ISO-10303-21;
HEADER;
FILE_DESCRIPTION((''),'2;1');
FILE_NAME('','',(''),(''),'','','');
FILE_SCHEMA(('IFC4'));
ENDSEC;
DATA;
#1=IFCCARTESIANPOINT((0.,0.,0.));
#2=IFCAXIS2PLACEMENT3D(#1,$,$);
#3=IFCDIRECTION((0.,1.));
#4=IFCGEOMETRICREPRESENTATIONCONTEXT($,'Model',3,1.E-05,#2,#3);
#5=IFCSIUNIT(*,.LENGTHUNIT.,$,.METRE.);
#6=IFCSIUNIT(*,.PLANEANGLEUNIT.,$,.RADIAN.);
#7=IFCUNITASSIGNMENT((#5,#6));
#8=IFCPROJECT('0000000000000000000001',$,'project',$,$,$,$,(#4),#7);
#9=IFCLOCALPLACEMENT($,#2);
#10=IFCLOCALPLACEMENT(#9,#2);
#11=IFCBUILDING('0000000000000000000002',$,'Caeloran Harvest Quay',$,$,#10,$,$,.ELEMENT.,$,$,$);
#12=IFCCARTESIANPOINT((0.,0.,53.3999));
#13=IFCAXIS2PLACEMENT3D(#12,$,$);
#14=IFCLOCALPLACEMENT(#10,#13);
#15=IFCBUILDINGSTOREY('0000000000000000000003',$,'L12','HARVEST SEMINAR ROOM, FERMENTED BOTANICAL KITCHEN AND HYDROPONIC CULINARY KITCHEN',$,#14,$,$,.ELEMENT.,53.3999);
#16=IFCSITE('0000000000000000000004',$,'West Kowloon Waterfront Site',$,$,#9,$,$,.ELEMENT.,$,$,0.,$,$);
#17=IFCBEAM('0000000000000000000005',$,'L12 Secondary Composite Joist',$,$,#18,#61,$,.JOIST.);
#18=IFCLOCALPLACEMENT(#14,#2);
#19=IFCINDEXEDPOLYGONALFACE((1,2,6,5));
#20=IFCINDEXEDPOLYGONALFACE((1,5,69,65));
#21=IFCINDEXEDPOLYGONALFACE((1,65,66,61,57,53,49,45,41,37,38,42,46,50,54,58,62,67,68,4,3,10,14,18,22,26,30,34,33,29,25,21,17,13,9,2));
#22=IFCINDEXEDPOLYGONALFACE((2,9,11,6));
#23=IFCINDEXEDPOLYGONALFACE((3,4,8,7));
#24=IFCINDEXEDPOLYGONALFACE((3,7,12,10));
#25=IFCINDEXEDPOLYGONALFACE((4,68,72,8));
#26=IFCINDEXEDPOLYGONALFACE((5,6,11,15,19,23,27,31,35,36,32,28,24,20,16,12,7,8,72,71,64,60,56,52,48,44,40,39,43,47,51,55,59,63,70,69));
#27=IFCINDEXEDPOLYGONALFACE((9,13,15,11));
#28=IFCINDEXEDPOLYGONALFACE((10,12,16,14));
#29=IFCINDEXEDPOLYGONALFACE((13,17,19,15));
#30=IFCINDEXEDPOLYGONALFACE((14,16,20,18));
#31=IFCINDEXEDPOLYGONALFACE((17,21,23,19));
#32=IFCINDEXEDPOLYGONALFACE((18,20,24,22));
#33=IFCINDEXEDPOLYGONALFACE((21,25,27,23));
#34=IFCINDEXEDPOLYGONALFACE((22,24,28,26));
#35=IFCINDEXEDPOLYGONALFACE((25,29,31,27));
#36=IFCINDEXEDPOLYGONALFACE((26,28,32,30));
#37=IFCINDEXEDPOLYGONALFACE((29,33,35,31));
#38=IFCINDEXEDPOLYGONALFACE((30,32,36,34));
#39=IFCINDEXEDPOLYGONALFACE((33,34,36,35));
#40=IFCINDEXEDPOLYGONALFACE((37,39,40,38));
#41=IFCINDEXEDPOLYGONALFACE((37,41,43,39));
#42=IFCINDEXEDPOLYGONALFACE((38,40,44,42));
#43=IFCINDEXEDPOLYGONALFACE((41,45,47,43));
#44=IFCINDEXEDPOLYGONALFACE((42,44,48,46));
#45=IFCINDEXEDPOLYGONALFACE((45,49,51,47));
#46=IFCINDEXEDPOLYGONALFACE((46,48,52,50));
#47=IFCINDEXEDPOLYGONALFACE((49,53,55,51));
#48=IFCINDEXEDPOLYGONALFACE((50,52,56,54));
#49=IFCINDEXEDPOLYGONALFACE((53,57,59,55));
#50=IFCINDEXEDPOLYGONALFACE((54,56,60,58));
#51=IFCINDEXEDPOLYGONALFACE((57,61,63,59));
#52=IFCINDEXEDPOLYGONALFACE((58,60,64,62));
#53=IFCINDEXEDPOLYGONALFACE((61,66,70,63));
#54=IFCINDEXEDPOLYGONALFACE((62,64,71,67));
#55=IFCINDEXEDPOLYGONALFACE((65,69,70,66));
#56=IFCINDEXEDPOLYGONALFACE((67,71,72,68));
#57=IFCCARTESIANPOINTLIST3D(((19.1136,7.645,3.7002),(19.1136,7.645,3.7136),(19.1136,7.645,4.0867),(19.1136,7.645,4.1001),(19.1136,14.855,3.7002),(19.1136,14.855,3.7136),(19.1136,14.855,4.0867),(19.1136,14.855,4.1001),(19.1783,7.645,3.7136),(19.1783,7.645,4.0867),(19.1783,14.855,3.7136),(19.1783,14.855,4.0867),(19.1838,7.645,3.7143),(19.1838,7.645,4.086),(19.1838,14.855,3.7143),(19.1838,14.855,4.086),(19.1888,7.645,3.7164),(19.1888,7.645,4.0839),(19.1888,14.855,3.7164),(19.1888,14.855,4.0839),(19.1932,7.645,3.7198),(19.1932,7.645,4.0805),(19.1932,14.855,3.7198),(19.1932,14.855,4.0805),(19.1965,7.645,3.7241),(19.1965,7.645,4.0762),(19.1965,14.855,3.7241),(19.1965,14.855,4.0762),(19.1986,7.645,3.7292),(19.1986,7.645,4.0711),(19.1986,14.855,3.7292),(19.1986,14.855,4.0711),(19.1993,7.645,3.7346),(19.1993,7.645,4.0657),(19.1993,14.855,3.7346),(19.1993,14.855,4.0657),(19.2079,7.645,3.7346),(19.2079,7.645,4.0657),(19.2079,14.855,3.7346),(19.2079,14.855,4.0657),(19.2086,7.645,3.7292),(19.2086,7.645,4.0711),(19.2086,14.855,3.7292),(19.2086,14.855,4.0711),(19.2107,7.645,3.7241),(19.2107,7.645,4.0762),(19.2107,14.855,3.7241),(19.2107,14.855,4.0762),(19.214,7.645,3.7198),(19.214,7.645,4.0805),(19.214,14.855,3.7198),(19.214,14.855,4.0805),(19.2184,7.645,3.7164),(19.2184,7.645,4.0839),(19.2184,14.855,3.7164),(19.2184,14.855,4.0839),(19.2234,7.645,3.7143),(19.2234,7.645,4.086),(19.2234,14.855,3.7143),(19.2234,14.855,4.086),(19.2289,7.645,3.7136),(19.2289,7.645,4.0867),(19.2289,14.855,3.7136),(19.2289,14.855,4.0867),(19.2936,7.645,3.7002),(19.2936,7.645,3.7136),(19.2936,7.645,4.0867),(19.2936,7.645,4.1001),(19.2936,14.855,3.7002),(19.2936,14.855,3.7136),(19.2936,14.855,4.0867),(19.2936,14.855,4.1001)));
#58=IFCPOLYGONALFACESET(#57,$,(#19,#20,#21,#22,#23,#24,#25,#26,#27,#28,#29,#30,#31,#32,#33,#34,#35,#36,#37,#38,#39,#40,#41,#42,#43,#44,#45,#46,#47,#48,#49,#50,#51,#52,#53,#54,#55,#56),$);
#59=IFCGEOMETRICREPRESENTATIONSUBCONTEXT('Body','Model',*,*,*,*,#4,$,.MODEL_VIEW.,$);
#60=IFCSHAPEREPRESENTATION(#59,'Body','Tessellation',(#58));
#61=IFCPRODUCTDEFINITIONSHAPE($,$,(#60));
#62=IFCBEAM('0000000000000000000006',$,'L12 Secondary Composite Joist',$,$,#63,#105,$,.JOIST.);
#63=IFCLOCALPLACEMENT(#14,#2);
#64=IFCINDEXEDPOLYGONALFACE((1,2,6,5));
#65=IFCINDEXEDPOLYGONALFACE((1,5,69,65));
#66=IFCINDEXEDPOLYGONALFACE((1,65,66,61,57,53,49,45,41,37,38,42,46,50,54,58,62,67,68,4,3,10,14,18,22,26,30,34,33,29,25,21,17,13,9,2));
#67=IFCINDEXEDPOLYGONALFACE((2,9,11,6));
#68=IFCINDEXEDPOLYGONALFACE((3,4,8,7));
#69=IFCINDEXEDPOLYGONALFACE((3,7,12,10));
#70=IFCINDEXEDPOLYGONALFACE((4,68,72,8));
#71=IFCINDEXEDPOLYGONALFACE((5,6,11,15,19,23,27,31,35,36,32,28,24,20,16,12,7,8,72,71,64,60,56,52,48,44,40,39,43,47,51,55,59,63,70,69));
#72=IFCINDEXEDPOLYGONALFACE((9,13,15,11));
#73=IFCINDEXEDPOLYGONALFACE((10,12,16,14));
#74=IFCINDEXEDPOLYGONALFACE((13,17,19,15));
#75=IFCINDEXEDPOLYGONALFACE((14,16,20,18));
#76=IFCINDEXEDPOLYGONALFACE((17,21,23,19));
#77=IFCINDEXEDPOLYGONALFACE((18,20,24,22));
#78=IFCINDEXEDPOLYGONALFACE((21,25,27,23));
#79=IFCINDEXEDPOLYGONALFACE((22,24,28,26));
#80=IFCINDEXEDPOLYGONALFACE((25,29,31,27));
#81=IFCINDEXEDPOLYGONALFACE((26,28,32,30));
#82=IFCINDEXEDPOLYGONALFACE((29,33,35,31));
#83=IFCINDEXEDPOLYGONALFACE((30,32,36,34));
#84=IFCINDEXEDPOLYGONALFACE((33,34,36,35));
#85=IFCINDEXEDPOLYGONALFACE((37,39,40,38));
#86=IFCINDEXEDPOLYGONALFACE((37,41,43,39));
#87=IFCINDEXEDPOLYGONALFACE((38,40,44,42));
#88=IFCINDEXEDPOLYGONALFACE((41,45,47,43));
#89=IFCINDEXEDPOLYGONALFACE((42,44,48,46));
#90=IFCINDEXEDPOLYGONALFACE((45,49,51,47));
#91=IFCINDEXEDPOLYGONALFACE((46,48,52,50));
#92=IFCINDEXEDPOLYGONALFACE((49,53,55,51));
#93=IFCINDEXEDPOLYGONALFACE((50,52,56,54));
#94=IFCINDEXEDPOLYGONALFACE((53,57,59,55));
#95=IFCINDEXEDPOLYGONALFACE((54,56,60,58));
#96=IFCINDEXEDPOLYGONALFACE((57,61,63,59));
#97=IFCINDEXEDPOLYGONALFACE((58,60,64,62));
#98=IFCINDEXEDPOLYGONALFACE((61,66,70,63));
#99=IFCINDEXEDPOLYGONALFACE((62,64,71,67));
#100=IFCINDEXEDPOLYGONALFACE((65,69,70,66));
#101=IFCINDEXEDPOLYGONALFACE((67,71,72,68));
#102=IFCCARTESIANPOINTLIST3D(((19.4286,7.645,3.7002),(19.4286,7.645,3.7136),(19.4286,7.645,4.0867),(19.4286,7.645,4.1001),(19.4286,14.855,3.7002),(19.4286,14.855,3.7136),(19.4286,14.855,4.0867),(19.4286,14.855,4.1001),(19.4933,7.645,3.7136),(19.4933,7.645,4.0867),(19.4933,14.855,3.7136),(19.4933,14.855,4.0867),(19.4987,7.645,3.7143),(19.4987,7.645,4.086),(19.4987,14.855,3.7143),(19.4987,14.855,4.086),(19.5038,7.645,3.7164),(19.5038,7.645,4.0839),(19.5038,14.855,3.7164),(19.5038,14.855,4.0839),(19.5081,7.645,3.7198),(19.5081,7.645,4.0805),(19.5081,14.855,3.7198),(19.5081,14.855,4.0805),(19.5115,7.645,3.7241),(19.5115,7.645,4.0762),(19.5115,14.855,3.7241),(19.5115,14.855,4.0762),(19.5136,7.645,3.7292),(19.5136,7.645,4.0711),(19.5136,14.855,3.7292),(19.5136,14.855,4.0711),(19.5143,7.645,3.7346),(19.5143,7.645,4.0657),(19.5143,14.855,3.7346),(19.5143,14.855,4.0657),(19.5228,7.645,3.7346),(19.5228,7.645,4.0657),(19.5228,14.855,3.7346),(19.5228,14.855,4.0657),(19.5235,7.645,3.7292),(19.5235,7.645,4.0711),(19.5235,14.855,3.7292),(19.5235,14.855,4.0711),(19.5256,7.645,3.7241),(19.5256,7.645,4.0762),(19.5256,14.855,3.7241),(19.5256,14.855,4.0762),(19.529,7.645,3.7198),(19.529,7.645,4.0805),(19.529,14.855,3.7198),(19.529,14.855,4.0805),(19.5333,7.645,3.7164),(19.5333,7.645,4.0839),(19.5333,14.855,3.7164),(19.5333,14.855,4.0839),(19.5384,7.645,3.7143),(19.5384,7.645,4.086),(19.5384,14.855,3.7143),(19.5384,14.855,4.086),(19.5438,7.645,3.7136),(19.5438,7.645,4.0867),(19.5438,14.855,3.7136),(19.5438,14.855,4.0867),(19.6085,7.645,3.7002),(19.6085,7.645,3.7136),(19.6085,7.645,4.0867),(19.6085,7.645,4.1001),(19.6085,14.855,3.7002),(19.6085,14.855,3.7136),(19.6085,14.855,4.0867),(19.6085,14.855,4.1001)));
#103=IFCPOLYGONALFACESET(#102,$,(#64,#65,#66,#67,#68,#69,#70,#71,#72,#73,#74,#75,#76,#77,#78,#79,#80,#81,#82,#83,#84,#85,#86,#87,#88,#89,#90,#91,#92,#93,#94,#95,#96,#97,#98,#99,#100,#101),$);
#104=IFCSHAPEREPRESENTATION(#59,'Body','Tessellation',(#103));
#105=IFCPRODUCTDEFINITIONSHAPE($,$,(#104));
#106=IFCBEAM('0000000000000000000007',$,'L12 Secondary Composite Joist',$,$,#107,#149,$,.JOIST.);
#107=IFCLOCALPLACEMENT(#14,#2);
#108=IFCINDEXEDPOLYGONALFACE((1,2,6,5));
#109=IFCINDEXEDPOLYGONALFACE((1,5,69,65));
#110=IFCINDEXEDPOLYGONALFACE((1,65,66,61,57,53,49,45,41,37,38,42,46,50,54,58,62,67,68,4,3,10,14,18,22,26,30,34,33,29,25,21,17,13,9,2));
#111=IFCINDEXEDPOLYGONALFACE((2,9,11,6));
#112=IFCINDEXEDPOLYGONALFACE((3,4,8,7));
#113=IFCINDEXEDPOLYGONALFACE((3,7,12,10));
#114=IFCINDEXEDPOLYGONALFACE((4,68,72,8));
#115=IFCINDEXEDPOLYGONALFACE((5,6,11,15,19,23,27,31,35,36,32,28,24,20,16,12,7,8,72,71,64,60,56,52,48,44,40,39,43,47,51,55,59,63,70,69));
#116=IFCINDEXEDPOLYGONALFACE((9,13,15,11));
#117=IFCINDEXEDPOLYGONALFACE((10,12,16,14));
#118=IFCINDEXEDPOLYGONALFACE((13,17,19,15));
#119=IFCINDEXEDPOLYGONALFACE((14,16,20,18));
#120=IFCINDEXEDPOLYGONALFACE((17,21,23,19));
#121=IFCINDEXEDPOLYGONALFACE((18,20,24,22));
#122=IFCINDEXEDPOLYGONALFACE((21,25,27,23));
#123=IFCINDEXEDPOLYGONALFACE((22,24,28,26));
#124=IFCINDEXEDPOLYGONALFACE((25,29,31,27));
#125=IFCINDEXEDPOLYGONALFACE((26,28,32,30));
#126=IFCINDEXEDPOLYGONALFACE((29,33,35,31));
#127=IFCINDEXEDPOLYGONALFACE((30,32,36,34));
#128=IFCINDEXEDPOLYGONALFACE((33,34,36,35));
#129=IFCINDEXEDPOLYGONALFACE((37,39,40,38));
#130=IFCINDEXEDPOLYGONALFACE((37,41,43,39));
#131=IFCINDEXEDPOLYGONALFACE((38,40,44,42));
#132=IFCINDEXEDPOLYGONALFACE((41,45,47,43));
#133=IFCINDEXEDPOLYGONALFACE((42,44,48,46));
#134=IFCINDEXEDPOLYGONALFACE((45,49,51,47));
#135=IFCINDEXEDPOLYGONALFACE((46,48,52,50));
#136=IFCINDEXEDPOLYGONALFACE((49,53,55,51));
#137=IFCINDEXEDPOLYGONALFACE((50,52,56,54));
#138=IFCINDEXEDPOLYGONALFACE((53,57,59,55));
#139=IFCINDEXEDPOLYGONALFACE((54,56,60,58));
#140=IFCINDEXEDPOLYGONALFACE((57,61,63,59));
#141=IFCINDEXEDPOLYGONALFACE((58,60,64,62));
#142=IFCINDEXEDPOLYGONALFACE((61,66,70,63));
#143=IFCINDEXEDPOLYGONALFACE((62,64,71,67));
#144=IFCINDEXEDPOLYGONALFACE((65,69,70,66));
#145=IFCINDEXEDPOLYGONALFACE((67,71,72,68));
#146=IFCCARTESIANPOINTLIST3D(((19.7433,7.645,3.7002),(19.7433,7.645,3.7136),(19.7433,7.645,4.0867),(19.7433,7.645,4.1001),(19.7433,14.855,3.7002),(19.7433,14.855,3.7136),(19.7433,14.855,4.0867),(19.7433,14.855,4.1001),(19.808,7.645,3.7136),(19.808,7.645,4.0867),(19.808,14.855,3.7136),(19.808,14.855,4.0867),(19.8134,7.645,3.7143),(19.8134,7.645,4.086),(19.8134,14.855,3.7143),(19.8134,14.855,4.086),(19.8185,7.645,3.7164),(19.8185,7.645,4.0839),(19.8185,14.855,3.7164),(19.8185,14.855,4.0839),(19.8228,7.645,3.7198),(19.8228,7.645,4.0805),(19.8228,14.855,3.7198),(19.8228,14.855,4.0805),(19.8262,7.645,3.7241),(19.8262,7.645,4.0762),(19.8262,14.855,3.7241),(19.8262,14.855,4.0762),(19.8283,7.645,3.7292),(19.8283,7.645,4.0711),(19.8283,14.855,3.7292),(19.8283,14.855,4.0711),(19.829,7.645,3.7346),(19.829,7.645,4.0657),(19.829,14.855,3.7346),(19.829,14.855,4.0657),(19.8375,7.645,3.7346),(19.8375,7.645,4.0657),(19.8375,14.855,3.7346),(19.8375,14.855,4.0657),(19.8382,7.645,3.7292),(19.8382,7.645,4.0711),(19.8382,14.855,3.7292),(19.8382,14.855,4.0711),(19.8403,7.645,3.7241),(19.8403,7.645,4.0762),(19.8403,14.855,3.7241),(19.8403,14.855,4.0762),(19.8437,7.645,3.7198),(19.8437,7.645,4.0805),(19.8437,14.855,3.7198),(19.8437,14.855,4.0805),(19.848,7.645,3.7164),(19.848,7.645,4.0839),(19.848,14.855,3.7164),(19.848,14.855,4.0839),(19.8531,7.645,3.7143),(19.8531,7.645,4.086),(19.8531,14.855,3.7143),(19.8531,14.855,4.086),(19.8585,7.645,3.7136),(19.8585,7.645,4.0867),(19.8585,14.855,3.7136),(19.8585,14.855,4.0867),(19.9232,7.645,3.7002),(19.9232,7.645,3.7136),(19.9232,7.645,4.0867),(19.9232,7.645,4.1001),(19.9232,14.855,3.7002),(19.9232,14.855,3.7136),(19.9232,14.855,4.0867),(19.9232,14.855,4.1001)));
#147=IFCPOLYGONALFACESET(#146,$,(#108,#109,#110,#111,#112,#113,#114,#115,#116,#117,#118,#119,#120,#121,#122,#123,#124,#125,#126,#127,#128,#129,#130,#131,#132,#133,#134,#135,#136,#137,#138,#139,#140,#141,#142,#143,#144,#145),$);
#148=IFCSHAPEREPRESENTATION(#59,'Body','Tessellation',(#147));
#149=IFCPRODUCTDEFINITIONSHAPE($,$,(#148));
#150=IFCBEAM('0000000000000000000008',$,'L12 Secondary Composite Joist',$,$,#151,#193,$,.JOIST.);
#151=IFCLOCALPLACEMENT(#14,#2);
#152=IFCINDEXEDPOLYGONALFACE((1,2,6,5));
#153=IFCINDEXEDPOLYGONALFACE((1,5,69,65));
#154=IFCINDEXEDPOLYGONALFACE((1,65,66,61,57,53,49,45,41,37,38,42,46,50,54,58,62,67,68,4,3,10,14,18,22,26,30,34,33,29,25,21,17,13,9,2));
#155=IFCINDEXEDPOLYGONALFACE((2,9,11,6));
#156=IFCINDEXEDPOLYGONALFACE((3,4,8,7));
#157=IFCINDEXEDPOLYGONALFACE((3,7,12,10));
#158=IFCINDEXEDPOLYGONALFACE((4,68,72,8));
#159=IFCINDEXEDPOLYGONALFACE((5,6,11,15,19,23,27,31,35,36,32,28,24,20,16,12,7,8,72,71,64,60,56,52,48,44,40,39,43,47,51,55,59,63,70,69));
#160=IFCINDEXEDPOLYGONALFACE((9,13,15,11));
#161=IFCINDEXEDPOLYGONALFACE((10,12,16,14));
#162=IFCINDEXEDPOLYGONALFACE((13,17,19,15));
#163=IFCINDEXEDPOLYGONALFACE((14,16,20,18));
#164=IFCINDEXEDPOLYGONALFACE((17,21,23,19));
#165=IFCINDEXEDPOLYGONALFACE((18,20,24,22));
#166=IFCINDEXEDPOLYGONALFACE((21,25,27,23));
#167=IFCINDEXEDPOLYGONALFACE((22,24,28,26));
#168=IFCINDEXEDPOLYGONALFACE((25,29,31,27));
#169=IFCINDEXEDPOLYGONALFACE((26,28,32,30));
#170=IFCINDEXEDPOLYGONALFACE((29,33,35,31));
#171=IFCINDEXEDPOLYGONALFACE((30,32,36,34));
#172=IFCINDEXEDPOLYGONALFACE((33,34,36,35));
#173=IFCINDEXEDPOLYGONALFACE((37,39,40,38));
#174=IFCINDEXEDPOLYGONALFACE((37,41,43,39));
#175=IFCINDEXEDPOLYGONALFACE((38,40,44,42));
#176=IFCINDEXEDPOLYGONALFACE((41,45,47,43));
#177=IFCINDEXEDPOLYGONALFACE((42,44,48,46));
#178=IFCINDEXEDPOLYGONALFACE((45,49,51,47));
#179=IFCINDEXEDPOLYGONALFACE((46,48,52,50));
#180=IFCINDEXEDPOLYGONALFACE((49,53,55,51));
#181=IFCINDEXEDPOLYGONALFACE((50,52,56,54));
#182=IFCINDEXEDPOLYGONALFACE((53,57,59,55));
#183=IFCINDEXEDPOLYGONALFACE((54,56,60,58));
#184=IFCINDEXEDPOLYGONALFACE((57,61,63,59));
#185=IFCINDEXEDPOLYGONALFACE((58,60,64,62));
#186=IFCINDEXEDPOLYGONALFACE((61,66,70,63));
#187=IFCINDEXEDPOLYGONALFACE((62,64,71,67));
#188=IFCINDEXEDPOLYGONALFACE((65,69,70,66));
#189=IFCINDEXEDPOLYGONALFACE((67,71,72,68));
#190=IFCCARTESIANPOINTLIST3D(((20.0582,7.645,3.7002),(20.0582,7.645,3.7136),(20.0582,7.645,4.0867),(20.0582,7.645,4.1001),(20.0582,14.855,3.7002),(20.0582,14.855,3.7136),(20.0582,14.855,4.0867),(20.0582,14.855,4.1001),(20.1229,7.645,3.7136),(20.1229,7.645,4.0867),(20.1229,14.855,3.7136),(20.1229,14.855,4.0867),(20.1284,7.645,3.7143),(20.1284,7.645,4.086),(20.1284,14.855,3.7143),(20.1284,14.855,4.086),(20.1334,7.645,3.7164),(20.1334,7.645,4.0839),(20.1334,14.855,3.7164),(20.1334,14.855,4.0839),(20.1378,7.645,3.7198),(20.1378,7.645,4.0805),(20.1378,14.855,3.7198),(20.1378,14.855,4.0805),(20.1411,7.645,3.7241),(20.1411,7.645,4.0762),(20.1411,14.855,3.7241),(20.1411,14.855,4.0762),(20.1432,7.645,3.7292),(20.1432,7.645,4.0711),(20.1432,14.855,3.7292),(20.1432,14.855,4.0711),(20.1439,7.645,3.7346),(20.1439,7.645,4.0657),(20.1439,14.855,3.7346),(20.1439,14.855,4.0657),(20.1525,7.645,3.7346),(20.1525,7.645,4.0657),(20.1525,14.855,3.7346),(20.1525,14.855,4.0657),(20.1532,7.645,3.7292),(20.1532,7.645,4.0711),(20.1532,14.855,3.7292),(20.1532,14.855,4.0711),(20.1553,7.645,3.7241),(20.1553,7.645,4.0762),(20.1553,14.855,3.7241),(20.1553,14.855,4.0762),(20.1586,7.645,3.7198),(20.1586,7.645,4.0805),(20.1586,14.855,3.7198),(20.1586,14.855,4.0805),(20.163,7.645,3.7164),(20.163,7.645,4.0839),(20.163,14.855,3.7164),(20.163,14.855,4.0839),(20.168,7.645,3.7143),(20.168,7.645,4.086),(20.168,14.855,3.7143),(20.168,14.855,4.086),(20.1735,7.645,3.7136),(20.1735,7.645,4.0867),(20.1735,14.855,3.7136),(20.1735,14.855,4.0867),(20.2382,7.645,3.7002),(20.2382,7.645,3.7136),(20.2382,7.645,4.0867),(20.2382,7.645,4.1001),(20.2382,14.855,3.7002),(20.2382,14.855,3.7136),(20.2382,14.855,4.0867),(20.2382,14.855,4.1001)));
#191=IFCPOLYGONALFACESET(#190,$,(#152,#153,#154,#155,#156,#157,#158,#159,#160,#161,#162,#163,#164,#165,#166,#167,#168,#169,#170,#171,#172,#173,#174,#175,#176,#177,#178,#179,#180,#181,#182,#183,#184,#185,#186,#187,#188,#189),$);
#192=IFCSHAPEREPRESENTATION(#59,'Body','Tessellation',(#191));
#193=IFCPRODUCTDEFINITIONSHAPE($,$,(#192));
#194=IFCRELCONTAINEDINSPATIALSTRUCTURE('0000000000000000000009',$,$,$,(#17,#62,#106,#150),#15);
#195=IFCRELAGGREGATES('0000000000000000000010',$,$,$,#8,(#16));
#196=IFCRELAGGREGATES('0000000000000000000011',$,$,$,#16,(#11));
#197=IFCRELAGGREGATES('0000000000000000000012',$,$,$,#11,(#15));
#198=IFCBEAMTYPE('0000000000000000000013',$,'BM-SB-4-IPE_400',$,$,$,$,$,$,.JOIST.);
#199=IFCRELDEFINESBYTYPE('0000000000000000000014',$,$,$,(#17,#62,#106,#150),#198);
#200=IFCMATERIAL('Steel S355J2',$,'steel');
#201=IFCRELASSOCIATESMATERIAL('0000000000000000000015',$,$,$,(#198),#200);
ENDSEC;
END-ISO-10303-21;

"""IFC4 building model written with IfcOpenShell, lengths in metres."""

from ifc_helpers import new_model, si_unit, direction, frame, origin, origin_2d, place, context, subcontext, project, spatial, i_section, extrude, material, material_profile, profile_set, type_object, element, save


model = new_model("IFC4")

# Units and contexts
model_context = context("Model", 3, precision=1e-05, world=origin(), true_north=direction((0.0, 1.0)))
body_context = subcontext(model_context, "Body", "Model", "MODEL_VIEW")
ifc_project = project(units=[si_unit("LENGTHUNIT", "METRE"), si_unit("PLANEANGLEUNIT", "RADIAN")], contexts=[model_context])

# Site, building, storey
site_placement = place(None, origin())
site = spatial("IfcSite", under=ifc_project, at=site_placement, Name="West Kowloon Waterfront Site", CompositionType="ELEMENT", RefElevation=0.0)
building_placement = place(site_placement, origin())
building = spatial("IfcBuilding", under=site, at=building_placement, Name="Caeloran Harvest Quay", CompositionType="ELEMENT")
storey_placement = place(building_placement, frame((0.0, 0.0, 53.3999)))
storey = spatial("IfcBuildingStorey", under=building, at=storey_placement, Name="L12", Description="HARVEST SEMINAR ROOM, FERMENTED BOTANICAL KITCHEN AND HYDROPONIC CULINARY KITCHEN", CompositionType="ELEMENT", Elevation=53.3999)

# Beams
ifc_material = material(Name="Steel S355J2", Category="steel")
ifc_material_profile_1 = material_profile(ifc_material, i_section(OverallWidth=0.1799, OverallDepth=0.3999, WebThickness=0.0085, FlangeThickness=0.0134, FilletRadius=0.021, at=origin_2d()), Name="IPE 400")
ifc_profile_set_1 = profile_set([ifc_material_profile_1], Name="Steel S355J2")
beam_type_1 = type_object("IfcBeamType", Name="BM-SB-4-IPE_400", PredefinedType="JOIST", material=ifc_profile_set_1)
for number, where, z_axis, x_axis, name in (
    (1, (19.2036, 7.645, 3.9001), (0.0, 1.0, 0.0), (-1.0, 0.0, 0.0), "L12 Secondary Composite Joist"),
    (2, (19.5186, 7.645, 3.9001), (0.0, 1.0, 0.0), (-1.0, 0.0, 0.0), "L12 Secondary Composite Joist"),
    (3, (19.8333, 7.645, 3.9001), (0.0, 1.0, 0.0), (-1.0, 0.0, 0.0), "L12 Secondary Composite Joist"),
    (4, (20.1482, 7.645, 3.9001), (0.0, 1.0, 0.0), (-1.0, 0.0, 0.0), "L12 Secondary Composite Joist"),
):
    element("IfcBeam", number, at=place(storey_placement, frame(where, z_axis=z_axis, x_axis=x_axis)), inside=storey, type_object=beam_type_1, Name=name, PredefinedType="JOIST", context=body_context, shape_type="SweptSolid", body=[
        extrude(i_section(OverallWidth=0.1799, OverallDepth=0.3999, WebThickness=0.0085, FlangeThickness=0.0134, FilletRadius=0.021, at=origin_2d()), origin(), (0.0, 0.0, 1.0), 7.21),
    ])

save(model, "model.ifc")
